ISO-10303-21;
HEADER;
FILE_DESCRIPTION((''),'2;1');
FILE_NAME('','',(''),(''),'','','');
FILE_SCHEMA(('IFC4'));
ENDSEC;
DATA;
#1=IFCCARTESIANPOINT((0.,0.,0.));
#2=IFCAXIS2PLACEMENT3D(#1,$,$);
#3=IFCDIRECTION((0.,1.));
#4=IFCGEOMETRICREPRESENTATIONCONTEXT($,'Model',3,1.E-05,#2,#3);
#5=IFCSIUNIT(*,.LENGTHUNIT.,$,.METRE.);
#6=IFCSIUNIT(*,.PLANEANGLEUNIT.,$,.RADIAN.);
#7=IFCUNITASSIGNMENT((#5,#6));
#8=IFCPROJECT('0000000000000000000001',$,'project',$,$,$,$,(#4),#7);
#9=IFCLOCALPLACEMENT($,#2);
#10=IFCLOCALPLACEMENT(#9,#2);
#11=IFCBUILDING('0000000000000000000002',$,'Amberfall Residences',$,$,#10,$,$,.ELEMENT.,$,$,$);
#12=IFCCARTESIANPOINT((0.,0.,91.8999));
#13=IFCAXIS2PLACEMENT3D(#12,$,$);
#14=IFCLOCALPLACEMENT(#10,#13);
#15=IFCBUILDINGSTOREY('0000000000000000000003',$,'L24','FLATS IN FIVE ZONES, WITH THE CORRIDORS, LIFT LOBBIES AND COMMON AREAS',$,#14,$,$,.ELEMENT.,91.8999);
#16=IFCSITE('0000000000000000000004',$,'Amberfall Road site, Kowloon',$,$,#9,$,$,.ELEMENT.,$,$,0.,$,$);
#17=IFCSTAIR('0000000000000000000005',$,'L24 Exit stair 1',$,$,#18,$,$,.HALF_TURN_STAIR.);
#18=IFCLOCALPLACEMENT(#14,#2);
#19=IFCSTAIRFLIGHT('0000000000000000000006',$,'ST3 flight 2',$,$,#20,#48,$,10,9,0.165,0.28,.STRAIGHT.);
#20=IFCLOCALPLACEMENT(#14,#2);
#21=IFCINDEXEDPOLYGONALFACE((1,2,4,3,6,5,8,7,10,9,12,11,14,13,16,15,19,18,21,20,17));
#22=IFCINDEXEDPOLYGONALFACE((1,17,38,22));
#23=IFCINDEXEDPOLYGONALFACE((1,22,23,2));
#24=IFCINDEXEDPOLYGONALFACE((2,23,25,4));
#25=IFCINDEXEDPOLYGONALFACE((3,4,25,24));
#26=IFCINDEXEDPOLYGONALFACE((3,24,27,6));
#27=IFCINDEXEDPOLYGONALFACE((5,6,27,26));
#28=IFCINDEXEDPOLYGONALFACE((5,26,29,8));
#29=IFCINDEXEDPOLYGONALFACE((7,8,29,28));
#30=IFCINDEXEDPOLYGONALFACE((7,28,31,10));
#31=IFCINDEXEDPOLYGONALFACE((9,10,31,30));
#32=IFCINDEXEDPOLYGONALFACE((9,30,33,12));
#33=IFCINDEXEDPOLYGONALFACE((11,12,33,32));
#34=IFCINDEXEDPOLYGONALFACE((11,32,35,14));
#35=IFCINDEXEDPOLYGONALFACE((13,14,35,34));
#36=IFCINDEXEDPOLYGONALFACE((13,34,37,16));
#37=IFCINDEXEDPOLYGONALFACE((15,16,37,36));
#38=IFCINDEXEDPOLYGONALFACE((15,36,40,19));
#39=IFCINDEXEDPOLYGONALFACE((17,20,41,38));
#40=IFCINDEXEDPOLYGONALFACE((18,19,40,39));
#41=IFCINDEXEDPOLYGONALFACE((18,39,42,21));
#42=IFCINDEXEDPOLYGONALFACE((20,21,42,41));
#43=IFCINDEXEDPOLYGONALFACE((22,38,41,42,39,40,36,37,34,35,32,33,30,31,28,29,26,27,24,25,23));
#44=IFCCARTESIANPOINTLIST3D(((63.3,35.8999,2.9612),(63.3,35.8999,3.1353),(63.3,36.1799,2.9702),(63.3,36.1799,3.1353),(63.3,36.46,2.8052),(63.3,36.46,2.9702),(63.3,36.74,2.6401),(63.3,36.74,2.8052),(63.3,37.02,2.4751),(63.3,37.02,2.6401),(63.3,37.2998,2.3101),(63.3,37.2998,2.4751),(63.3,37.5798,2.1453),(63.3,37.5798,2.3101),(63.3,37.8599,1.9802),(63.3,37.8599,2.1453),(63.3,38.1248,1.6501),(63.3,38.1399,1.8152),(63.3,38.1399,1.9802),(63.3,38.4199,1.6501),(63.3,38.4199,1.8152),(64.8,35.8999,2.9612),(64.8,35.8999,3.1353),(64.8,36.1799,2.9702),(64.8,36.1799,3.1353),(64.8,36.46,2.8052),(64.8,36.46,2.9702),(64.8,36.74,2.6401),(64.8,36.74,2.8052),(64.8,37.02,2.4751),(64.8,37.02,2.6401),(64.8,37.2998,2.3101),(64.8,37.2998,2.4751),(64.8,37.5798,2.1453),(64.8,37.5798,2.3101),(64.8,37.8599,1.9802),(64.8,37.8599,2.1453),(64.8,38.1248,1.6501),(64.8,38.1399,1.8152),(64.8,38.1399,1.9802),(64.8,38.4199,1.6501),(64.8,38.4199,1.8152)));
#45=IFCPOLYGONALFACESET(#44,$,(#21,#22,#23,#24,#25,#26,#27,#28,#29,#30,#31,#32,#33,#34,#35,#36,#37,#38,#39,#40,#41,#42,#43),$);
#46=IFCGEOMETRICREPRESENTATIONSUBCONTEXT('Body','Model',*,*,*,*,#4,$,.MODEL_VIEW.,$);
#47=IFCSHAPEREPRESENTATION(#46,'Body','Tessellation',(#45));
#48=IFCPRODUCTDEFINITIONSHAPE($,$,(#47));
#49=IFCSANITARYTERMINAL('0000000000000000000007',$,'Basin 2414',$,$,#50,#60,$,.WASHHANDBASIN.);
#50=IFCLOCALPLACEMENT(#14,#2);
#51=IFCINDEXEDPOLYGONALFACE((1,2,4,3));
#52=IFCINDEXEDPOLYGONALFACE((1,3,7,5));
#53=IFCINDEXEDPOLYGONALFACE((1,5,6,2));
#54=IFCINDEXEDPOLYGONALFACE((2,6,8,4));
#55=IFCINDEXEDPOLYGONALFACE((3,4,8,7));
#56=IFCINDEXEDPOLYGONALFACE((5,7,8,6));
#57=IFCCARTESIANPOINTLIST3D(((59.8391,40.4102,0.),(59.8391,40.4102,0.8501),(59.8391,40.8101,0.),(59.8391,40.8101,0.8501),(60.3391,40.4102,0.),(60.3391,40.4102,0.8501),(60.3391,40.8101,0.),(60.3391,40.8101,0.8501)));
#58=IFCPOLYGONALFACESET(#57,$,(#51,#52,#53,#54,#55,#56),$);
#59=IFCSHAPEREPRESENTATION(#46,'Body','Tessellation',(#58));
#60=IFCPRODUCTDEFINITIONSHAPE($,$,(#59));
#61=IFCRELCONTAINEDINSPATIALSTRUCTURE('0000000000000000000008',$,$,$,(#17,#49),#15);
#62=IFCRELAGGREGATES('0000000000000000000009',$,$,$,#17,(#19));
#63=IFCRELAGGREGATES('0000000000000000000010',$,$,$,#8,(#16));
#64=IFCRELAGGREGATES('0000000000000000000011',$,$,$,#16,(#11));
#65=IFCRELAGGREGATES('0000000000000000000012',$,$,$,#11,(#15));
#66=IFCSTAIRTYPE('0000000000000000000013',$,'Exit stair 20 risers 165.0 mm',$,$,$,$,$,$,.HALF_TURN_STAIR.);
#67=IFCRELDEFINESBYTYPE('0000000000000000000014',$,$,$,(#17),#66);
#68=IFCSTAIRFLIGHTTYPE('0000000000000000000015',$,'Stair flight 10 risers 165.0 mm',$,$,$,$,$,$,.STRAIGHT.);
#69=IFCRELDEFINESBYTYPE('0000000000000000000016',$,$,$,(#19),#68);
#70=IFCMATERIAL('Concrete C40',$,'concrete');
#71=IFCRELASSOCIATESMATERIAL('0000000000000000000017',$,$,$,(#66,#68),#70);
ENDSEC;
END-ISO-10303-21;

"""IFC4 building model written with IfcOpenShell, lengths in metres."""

from ifc_helpers import new_model, si_unit, direction, frame, origin, origin_2d, place, context, subcontext, project, spatial, polyline, rectangle, outline, extrude, material, type_object, element, aggregate, save


model = new_model("IFC4")

# Units and contexts
model_context = context("Model", 3, precision=1e-05, world=origin(), true_north=direction((0.0, 1.0)))
body_context = subcontext(model_context, "Body", "Model", "MODEL_VIEW")
ifc_project = project(units=[si_unit("LENGTHUNIT", "METRE"), si_unit("PLANEANGLEUNIT", "RADIAN")], contexts=[model_context])

# Site, building, storey
site_placement = place(None, origin())
site = spatial("IfcSite", under=ifc_project, at=site_placement, Name="Amberfall Road site, Kowloon", CompositionType="ELEMENT", RefElevation=0.0)
building_placement = place(site_placement, origin())
building = spatial("IfcBuilding", under=site, at=building_placement, Name="Amberfall Residences", CompositionType="ELEMENT")
storey_placement = place(building_placement, frame((0.0, 0.0, 91.8999)))
storey = spatial("IfcBuildingStorey", under=building, at=storey_placement, Name="L24", Description="FLATS IN FIVE ZONES, WITH THE CORRIDORS, LIFT LOBBIES AND COMMON AREAS", CompositionType="ELEMENT", Elevation=91.8999)

# Stair, stair flight
ifc_material_1 = material(Name="Concrete C40", Category="concrete")
stair_type = type_object("IfcStairType", Name="Exit stair 20 risers 165.0 mm", PredefinedType="HALF_TURN_STAIR", material=ifc_material_1)
stair_placement = place(storey_placement, origin())
stair = element("IfcStair", 1, at=stair_placement, inside=storey, type_object=stair_type, Name="L24 Exit stair 1", PredefinedType="HALF_TURN_STAIR")
stair_flight_type = type_object("IfcStairFlightType", Name="Stair flight 10 risers 165.0 mm", PredefinedType="STRAIGHT", material=ifc_material_1)
stair_flight_1_placement = place(storey_placement, frame((64.05, 38.4199, 1.6501), z_axis=(0.0, 0.0, 1.0), x_axis=(0.0, -1.0, 0.0)))
stair_flight_1 = element("IfcStairFlight", 2, at=stair_flight_1_placement, type_object=stair_flight_type, Name="ST3 flight 2", NumberOfRisers=10, NumberOfTreads=9, PredefinedType="STRAIGHT", RiserHeight=0.165, TreadLength=0.28, context=body_context, shape_type="SweptSolid", body=[
    extrude(outline(polyline([(0.0, 0.0), (0.0, 0.165), (0.28, 0.165), (0.28, 0.3301), (0.5601, 0.3301), (0.5601, 0.4951), (0.8401, 0.4951), (0.8401, 0.6599), (1.1201, 0.6599), (1.1201, 0.825), (1.3999, 0.825), (1.3999, 0.99), (1.6799, 0.99), (1.6799, 1.155), (1.96, 1.155), (1.96, 1.3201), (2.24, 1.3201), (2.24, 1.4851), (2.52, 1.4851), (2.52, 1.6499), (2.52, 1.311), (0.2952, 0.0), (0.0, 0.0)])), frame((0.0, 0.75, 0.0), z_axis=(0.0, -1.0, 0.0), x_axis=(1.0, 0.0, 0.0)), (0.0, 0.0, 1.0), 1.5),
])
aggregate(stair, [stair_flight_1])

# Sanitary terminal
sanitary_terminal_placement = place(storey_placement, frame((60.0891, 40.6101, 0.0), z_axis=(0.0, 0.0, 1.0), x_axis=(1.0, 0.0, 0.0)))
element("IfcSanitaryTerminal", 3, at=sanitary_terminal_placement, inside=storey, Name="Basin 2414", PredefinedType="WASHHANDBASIN", context=body_context, shape_type="SweptSolid", body=[
    extrude(rectangle(XDim=0.5, YDim=0.3999, at=origin_2d()), origin(), (0.0, 0.0, 1.0), 0.8501),
])

save(model, "model.ifc")
